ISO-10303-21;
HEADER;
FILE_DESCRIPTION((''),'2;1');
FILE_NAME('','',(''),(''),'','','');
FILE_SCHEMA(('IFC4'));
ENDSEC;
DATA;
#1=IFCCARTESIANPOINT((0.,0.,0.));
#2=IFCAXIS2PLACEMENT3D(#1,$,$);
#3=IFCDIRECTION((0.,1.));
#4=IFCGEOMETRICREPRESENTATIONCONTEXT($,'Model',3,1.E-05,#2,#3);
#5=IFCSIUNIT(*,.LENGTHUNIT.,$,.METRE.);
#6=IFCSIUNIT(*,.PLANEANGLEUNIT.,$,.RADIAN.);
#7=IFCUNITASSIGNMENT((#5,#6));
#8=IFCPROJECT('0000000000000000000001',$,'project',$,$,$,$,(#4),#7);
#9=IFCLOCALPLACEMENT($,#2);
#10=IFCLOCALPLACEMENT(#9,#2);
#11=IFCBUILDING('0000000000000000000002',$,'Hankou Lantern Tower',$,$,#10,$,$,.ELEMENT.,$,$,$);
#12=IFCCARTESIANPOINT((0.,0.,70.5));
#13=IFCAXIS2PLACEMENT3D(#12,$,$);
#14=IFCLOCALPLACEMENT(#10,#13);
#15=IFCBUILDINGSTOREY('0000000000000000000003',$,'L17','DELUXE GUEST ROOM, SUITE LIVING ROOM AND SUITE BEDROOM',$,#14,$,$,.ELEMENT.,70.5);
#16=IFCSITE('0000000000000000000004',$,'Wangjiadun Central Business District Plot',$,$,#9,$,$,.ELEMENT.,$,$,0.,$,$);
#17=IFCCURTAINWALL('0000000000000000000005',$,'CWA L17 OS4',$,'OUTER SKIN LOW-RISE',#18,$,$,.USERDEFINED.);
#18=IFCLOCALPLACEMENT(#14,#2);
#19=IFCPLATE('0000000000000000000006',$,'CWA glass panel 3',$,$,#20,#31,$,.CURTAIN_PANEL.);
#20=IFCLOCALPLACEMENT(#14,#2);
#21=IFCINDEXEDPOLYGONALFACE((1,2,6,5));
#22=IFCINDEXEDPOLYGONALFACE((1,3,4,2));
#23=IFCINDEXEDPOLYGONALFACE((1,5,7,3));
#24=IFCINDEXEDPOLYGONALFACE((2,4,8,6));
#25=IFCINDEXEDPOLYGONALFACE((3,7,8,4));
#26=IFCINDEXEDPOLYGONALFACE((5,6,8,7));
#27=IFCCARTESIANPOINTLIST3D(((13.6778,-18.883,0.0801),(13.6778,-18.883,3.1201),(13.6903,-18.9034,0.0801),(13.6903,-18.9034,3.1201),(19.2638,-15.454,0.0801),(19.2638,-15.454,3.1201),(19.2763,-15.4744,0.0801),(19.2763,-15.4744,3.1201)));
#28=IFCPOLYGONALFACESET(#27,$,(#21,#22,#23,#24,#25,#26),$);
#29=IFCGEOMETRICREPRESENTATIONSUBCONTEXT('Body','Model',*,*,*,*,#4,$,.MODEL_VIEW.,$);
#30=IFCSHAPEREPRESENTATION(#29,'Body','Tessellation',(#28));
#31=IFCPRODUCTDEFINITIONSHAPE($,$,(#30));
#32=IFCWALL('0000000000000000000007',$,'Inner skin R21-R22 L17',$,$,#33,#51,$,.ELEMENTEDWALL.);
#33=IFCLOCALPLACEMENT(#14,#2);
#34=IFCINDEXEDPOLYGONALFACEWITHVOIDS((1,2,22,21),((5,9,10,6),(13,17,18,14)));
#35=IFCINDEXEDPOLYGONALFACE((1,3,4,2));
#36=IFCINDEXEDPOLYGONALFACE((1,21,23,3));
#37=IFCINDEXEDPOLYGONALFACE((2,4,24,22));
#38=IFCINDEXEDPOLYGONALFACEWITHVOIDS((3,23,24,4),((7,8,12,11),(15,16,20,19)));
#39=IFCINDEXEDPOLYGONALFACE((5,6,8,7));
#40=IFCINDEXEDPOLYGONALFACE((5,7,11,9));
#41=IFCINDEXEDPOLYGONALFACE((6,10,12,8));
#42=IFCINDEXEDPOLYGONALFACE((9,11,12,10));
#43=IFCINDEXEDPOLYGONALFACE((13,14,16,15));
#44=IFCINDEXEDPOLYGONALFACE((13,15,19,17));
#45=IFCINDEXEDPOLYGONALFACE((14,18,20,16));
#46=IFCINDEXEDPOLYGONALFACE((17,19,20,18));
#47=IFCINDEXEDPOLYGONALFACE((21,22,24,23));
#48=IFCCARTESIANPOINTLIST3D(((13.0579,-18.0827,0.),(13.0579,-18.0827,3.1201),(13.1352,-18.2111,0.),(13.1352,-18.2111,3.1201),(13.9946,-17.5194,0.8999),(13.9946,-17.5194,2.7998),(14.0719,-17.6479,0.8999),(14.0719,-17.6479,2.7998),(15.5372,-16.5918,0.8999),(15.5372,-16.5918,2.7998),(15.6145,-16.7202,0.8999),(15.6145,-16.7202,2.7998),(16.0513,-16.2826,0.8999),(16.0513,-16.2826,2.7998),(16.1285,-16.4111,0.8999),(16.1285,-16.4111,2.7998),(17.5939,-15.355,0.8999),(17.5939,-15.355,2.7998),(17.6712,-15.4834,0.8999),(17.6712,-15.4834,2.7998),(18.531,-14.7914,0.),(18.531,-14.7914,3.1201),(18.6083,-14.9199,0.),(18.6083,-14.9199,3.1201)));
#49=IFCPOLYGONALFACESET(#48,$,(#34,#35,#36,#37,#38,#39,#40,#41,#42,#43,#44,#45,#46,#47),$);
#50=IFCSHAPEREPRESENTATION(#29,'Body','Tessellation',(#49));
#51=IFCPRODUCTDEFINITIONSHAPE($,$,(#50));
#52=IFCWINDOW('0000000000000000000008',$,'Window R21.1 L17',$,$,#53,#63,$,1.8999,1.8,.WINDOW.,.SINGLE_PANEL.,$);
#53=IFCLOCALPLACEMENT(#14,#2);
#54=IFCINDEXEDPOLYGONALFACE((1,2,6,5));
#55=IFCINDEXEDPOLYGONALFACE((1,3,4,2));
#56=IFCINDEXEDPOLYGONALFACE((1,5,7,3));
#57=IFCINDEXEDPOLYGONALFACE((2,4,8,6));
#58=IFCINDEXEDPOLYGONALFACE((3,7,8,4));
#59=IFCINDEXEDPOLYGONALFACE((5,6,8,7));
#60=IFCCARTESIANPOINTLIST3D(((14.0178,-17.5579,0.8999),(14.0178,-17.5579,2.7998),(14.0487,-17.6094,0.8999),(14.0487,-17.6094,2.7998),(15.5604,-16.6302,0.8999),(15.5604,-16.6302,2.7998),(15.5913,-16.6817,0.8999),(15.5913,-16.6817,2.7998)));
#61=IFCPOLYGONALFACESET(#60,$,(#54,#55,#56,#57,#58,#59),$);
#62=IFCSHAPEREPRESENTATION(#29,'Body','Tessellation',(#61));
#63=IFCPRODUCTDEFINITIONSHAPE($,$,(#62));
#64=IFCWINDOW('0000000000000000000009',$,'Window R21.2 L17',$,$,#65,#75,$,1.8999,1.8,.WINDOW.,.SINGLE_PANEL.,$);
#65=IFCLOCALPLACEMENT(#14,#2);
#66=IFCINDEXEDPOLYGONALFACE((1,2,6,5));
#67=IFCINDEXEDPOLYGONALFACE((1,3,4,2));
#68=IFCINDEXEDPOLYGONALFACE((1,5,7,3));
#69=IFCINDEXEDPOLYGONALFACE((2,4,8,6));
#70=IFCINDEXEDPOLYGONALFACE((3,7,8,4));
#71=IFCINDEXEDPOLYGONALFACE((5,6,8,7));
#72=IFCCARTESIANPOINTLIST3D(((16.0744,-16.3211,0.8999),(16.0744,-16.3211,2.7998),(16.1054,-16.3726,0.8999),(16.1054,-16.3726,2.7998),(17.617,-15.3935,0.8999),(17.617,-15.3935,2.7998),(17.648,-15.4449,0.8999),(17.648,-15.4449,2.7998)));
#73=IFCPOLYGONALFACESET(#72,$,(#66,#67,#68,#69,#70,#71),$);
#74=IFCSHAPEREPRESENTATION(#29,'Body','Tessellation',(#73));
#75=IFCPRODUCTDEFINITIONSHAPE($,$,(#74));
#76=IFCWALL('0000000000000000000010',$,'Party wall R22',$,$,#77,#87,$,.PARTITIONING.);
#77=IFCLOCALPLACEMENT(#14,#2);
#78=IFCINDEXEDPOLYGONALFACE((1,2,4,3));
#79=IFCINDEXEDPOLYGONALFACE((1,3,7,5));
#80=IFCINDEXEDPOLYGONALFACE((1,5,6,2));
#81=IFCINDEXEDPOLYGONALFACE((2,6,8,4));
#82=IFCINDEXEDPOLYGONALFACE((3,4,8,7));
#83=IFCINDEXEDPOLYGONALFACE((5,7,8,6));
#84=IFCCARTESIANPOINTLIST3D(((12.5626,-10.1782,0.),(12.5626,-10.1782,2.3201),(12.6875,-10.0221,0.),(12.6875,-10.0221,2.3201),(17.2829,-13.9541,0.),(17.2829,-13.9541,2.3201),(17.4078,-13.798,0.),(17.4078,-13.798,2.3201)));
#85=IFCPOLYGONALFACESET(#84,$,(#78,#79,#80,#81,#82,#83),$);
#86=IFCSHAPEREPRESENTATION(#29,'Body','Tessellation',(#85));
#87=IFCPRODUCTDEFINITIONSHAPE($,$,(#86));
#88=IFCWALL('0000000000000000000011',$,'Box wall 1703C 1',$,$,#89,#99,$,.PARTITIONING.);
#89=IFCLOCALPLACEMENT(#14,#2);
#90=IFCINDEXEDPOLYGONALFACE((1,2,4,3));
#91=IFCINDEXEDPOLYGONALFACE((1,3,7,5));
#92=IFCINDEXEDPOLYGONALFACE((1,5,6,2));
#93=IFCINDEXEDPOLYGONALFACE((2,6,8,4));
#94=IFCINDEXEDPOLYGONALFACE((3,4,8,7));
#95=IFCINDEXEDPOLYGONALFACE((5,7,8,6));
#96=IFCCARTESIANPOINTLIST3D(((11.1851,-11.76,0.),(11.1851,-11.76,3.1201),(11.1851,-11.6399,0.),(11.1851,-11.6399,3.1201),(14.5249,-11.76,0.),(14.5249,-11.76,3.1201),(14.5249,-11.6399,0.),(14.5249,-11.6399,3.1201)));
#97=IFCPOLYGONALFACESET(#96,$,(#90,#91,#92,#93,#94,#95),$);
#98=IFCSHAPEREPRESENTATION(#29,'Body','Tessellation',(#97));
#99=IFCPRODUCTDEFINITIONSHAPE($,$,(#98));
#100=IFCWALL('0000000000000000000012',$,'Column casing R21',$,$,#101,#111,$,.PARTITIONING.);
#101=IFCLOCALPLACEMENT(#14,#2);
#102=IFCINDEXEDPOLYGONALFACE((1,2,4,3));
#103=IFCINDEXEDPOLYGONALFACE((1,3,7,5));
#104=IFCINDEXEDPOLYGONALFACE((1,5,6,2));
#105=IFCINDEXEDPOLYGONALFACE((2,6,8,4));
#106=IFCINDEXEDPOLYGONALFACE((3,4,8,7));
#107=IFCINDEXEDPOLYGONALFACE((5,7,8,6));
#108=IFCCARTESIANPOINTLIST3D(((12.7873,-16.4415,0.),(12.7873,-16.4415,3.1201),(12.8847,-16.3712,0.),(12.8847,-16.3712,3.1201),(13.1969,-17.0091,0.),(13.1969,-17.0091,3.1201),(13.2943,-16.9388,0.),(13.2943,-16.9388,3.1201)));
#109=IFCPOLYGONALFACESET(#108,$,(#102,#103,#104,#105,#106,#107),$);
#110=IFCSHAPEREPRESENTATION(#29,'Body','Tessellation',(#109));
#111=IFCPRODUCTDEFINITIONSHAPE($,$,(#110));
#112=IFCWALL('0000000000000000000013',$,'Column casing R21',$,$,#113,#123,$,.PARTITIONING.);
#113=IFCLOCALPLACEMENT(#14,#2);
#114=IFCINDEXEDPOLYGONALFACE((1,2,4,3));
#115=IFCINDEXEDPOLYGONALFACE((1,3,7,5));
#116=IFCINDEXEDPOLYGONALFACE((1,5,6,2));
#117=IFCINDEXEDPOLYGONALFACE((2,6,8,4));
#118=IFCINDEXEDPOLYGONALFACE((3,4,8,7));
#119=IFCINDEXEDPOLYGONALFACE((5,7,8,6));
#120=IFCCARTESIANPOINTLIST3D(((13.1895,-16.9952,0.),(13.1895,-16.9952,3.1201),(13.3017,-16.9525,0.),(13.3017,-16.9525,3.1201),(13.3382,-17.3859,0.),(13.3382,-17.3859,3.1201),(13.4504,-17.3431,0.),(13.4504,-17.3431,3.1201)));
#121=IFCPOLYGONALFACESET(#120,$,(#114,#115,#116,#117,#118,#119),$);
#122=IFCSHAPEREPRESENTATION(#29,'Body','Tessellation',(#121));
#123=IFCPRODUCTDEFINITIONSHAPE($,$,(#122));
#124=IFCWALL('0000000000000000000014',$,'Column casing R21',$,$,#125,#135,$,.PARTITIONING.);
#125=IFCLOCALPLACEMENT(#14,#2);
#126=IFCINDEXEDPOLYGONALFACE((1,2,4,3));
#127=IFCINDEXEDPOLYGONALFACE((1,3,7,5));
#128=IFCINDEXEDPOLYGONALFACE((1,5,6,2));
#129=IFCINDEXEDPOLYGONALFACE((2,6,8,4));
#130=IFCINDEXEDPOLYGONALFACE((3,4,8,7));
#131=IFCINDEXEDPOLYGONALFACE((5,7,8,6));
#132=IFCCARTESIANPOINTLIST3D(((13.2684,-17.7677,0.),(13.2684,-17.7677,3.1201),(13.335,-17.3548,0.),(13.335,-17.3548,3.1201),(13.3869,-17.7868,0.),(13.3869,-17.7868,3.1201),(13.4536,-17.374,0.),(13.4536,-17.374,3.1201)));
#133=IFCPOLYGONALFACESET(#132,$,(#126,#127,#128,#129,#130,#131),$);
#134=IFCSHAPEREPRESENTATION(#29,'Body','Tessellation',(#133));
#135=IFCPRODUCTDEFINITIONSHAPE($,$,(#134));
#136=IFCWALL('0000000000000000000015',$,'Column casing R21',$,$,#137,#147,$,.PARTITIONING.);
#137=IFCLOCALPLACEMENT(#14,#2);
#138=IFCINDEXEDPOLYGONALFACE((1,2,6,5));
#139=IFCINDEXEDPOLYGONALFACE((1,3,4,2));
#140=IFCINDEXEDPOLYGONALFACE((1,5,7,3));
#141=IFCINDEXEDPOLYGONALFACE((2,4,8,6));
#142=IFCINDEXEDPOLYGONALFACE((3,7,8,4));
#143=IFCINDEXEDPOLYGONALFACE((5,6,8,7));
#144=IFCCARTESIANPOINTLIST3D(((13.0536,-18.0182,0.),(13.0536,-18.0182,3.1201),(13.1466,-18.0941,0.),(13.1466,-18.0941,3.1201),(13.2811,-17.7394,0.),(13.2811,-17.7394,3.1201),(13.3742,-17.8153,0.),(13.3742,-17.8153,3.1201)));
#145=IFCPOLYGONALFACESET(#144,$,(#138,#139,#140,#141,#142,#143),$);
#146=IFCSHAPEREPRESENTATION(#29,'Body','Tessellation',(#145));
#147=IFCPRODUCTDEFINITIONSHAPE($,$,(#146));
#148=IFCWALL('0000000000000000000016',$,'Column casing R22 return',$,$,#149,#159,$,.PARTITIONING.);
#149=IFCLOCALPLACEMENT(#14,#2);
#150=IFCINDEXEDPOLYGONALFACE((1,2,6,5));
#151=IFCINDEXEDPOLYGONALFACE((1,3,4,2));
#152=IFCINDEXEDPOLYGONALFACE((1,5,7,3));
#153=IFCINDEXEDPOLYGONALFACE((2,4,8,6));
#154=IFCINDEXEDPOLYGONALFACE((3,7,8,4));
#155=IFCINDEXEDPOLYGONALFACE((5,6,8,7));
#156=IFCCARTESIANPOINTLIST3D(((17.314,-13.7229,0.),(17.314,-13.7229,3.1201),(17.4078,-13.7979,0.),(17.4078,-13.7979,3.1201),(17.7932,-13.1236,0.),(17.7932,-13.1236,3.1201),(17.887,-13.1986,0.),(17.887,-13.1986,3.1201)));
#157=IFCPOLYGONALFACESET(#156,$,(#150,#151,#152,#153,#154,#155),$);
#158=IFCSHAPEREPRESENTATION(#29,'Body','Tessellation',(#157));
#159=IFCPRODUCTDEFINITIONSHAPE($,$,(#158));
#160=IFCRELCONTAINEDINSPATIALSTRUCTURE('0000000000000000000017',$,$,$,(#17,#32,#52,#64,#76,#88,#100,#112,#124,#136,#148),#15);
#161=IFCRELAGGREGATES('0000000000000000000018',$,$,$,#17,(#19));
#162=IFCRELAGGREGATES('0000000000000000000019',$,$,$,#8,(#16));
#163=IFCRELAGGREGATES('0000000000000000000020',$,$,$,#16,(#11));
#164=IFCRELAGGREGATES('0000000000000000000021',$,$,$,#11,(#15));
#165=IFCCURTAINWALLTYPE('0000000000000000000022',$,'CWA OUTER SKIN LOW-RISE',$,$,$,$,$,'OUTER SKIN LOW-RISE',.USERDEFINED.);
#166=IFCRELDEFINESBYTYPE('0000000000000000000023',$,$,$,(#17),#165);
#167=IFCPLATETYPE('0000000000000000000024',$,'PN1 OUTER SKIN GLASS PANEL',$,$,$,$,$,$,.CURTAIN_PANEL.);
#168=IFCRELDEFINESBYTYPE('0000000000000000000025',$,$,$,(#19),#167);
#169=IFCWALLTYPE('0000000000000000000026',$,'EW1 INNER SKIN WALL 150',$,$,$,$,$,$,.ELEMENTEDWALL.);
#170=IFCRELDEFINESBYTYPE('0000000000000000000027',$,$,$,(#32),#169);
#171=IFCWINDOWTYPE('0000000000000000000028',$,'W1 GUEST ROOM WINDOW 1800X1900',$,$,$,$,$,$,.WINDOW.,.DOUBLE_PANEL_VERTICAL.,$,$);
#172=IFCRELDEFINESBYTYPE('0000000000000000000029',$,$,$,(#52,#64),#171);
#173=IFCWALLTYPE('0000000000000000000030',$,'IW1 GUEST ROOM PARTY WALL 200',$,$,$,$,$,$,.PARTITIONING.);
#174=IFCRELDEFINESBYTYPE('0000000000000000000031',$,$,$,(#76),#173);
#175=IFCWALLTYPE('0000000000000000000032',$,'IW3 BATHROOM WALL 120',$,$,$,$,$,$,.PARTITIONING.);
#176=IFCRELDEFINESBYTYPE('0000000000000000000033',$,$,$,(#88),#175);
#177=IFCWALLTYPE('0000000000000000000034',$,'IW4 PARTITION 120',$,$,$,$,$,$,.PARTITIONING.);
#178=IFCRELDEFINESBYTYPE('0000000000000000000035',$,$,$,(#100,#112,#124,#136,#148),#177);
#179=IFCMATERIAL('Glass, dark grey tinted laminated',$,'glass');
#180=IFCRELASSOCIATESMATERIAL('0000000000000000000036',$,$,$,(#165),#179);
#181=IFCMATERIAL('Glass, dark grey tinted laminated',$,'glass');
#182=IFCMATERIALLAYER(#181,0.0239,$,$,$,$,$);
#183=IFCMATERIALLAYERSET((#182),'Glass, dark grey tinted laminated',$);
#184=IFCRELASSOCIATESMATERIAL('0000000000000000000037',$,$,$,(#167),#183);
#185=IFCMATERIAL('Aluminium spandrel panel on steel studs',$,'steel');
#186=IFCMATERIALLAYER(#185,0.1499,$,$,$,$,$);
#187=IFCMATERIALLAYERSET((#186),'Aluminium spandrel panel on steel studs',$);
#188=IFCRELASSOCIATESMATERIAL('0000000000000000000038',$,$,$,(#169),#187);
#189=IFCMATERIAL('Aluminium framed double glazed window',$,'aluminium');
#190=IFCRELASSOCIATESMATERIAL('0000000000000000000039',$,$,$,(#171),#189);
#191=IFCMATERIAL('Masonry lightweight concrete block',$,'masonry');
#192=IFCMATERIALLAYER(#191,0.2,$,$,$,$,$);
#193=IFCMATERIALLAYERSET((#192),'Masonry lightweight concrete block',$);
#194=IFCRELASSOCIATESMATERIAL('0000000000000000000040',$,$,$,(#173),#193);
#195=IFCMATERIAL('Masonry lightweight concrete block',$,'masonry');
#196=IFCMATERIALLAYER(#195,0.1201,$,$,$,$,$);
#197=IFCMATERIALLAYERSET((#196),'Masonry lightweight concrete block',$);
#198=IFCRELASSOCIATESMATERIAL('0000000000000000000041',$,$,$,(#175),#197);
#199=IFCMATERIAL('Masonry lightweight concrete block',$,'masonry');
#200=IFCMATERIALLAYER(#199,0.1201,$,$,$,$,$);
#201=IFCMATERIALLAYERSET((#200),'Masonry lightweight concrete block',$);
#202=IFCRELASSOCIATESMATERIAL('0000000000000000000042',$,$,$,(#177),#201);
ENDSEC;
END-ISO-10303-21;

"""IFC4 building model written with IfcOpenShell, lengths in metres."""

from ifc_helpers import new_model, si_unit, direction, frame, frame_2d, origin, origin_2d, place, context, subcontext, project, spatial, rectangle, extrude, material, layer, layer_set, type_object, element, fill, aggregate, save


model = new_model("IFC4")

# Units and contexts
model_context = context("Model", 3, precision=1e-05, world=origin(), true_north=direction((0.0, 1.0)))
body_context = subcontext(model_context, "Body", "Model", "MODEL_VIEW")
ifc_project = project(units=[si_unit("LENGTHUNIT", "METRE"), si_unit("PLANEANGLEUNIT", "RADIAN")], contexts=[model_context])

# Site, building, storey
site_placement = place(None, origin())
site = spatial("IfcSite", under=ifc_project, at=site_placement, Name="Wangjiadun Central Business District Plot", CompositionType="ELEMENT", RefElevation=0.0)
building_placement = place(site_placement, origin())
building = spatial("IfcBuilding", under=site, at=building_placement, Name="Hankou Lantern Tower", CompositionType="ELEMENT")
storey_placement = place(building_placement, frame((0.0, 0.0, 70.5)))
storey = spatial("IfcBuildingStorey", under=building, at=storey_placement, Name="L17", Description="DELUXE GUEST ROOM, SUITE LIVING ROOM AND SUITE BEDROOM", CompositionType="ELEMENT", Elevation=70.5)

# Curtain wall
ifc_material_1 = material(Name="Glass, dark grey tinted laminated", Category="glass")
curtain_wall_type = type_object("IfcCurtainWallType", Name="CWA OUTER SKIN LOW-RISE", ElementType="OUTER SKIN LOW-RISE", PredefinedType="USERDEFINED", material=ifc_material_1)
curtain_wall_placement = place(storey_placement, origin())
curtain_wall = element("IfcCurtainWall", 1, at=curtain_wall_placement, inside=storey, type_object=curtain_wall_type, Name="CWA L17 OS4", ObjectType="OUTER SKIN LOW-RISE", PredefinedType="USERDEFINED")

# Plate
ifc_material_2 = material(Name="Glass, dark grey tinted laminated", Category="glass")
ifc_layer_1 = layer(ifc_material_2, 0.0239)
ifc_layer_set_1 = layer_set([ifc_layer_1], Name="Glass, dark grey tinted laminated")
plate_type = type_object("IfcPlateType", Name="PN1 OUTER SKIN GLASS PANEL", PredefinedType="CURTAIN_PANEL", material=ifc_layer_set_1)
plate_placement = place(storey_placement, frame((16.4771, -17.1787, 0.0801), z_axis=(0.0, 0.0, 1.0), x_axis=(0.852237, 0.523156, 0.0)))
plate = element("IfcPlate", 2, at=plate_placement, type_object=plate_type, Name="CWA glass panel 3", PredefinedType="CURTAIN_PANEL", context=body_context, shape_type="SweptSolid", body=[
    extrude(rectangle(XDim=6.5544, YDim=0.0239, at=origin_2d()), origin(), (0.0, 0.0, 1.0), 3.04),
])
aggregate(curtain_wall, [plate])

# Wall, openings, windows
ifc_material_3 = material(Name="Aluminium spandrel panel on steel studs", Category="steel")
ifc_layer_2 = layer(ifc_material_3, 0.1499)
ifc_layer_set_2 = layer_set([ifc_layer_2], Name="Aluminium spandrel panel on steel studs")
wall_type_1 = type_object("IfcWallType", Name="EW1 INNER SKIN WALL 150", PredefinedType="ELEMENTEDWALL", material=ifc_layer_set_2)
wall_1_placement = place(storey_placement, frame((13.0964, -18.147, 0.0), z_axis=(0.0, 0.0, 1.0), x_axis=(0.856983, 0.515344, 0.0)))
wall_1 = element("IfcWall", 3, at=wall_1_placement, inside=storey, type_object=wall_type_1, Name="Inner skin R21-R22 L17", PredefinedType="ELEMENTEDWALL", context=body_context, shape_type="SweptSolid", body=[
    extrude(rectangle(XDim=6.3865, YDim=0.1499, at=frame_2d((3.1934, 0.0))), origin(), (0.0, 0.0, 1.0), 3.1201),
])
opening_1_placement = place(wall_1_placement, frame((1.0933, 0.0, 0.8999)))
opening_1 = element("IfcOpeningElement", 4, at=opening_1_placement, cuts=wall_1, PredefinedType="OPENING", context=body_context, shape_type="SweptSolid", body=[
    extrude(rectangle(XDim=1.8, YDim=1.8999, at=frame_2d((0.8999, 0.95))), frame((0.0, 0.085, 0.0), z_axis=(0.0, -1.0, 0.0), x_axis=(1.0, 0.0, 0.0)), (0.0, 0.0, 1.0), 0.1699),
])
opening_2_placement = place(wall_1_placement, frame((3.4932, 0.0, 0.8999)))
opening_2 = element("IfcOpeningElement", 5, at=opening_2_placement, cuts=wall_1, PredefinedType="OPENING", context=body_context, shape_type="SweptSolid", body=[
    extrude(rectangle(XDim=1.8, YDim=1.8999, at=frame_2d((0.8999, 0.95))), frame((0.0, 0.085, 0.0), z_axis=(0.0, -1.0, 0.0), x_axis=(1.0, 0.0, 0.0)), (0.0, 0.0, 1.0), 0.1699),
])
ifc_material_4 = material(Name="Aluminium framed double glazed window", Category="aluminium")
window_type = type_object("IfcWindowType", Name="W1 GUEST ROOM WINDOW 1800X1900", PartitioningType="DOUBLE_PANEL_VERTICAL", PredefinedType="WINDOW", material=ifc_material_4)
window_1_placement = place(opening_1_placement, origin())
window_1 = element("IfcWindow", 6, at=window_1_placement, inside=storey, type_object=window_type, Name="Window R21.1 L17", OverallHeight=1.8999, OverallWidth=1.8, PartitioningType="SINGLE_PANEL", PredefinedType="WINDOW", context=body_context, shape_type="SweptSolid", body=[
    extrude(rectangle(XDim=1.8, YDim=1.8999, at=frame_2d((0.8999, 0.95))), frame((0.0, 0.03, 0.0), z_axis=(0.0, -1.0, 0.0), x_axis=(1.0, 0.0, 0.0)), (0.0, 0.0, 1.0), 0.0601),
])
fill(opening_1, window_1)
window_2_placement = place(opening_2_placement, origin())
window_2 = element("IfcWindow", 7, at=window_2_placement, inside=storey, type_object=window_type, Name="Window R21.2 L17", OverallHeight=1.8999, OverallWidth=1.8, PartitioningType="SINGLE_PANEL", PredefinedType="WINDOW", context=body_context, shape_type="SweptSolid", body=[
    extrude(rectangle(XDim=1.8, YDim=1.8999, at=frame_2d((0.8999, 0.95))), frame((0.0, 0.03, 0.0), z_axis=(0.0, -1.0, 0.0), x_axis=(1.0, 0.0, 0.0)), (0.0, 0.0, 1.0), 0.0601),
])
fill(opening_2, window_2)

# Walls
ifc_material_5 = material(Name="Masonry lightweight concrete block", Category="masonry")
ifc_layer_3 = layer(ifc_material_5, 0.2)
ifc_layer_set_3 = layer_set([ifc_layer_3], Name="Masonry lightweight concrete block")
wall_type_2 = type_object("IfcWallType", Name="IW1 GUEST ROOM PARTY WALL 200", PredefinedType="PARTITIONING", material=ifc_layer_set_3)
wall_2_placement = place(storey_placement, frame((12.625, -10.1001, 0.0), z_axis=(0.0, 0.0, 1.0), x_axis=(0.780892, -0.624665, 0.0)))
element("IfcWall", 8, at=wall_2_placement, inside=storey, type_object=wall_type_2, Name="Party wall R22", PredefinedType="PARTITIONING", context=body_context, shape_type="SweptSolid", body=[
    extrude(rectangle(XDim=6.0447, YDim=0.2, at=frame_2d((3.0225, 0.0))), origin(), (0.0, 0.0, 1.0), 2.3201),
])
ifc_material_6 = material(Name="Masonry lightweight concrete block", Category="masonry")
ifc_layer_4 = layer(ifc_material_6, 0.1201)
ifc_layer_set_4 = layer_set([ifc_layer_4], Name="Masonry lightweight concrete block")
wall_type_3 = type_object("IfcWallType", Name="IW3 BATHROOM WALL 120", PredefinedType="PARTITIONING", material=ifc_layer_set_4)
wall_3_placement = place(storey_placement, frame((14.5249, -11.7, 0.0), z_axis=(0.0, 0.0, 1.0), x_axis=(-1.0, 0.0, 0.0)))
element("IfcWall", 9, at=wall_3_placement, inside=storey, type_object=wall_type_3, Name="Box wall 1703C 1", PredefinedType="PARTITIONING", context=body_context, shape_type="SweptSolid", body=[
    extrude(rectangle(XDim=3.3398, YDim=0.1201, at=frame_2d((1.6699, 0.0))), origin(), (0.0, 0.0, 1.0), 3.1201),
])
ifc_material_7 = material(Name="Masonry lightweight concrete block", Category="masonry")
ifc_layer_5 = layer(ifc_material_7, 0.1201)
ifc_layer_set_5 = layer_set([ifc_layer_5], Name="Masonry lightweight concrete block")
wall_type_4 = type_object("IfcWallType", Name="IW4 PARTITION 120", PredefinedType="PARTITIONING", material=ifc_layer_set_5)
wall_4_placement = place(storey_placement, frame((12.8359, -16.4062, 0.0), z_axis=(0.0, 0.0, 1.0), x_axis=(0.585223, -0.810872, 0.0)))
element("IfcWall", 10, at=wall_4_placement, inside=storey, type_object=wall_type_4, Name="Column casing R21", PredefinedType="PARTITIONING", context=body_context, shape_type="SweptSolid", body=[
    extrude(rectangle(XDim=0.7, YDim=0.1201, at=frame_2d((0.3501, 0.0))), origin(), (0.0, 0.0, 1.0), 3.1201),
])
wall_5_placement = place(storey_placement, frame((13.2456, -16.9739, 0.0), z_axis=(0.0, 0.0, 1.0), x_axis=(0.355728, -0.934589, 0.0)))
element("IfcWall", 11, at=wall_5_placement, inside=storey, type_object=wall_type_4, Name="Column casing R21", PredefinedType="PARTITIONING", context=body_context, shape_type="SweptSolid", body=[
    extrude(rectangle(XDim=0.418, YDim=0.1201, at=frame_2d((0.209, 0.0))), origin(), (0.0, 0.0, 1.0), 3.1201),
])
wall_6_placement = place(storey_placement, frame((13.3943, -17.3645, 0.0), z_axis=(0.0, 0.0, 1.0), x_axis=(-0.159379, -0.987217, 0.0)))
element("IfcWall", 12, at=wall_6_placement, inside=storey, type_object=wall_type_4, Name="Column casing R21", PredefinedType="PARTITIONING", context=body_context, shape_type="SweptSolid", body=[
    extrude(rectangle(XDim=0.4182, YDim=0.1201, at=frame_2d((0.209, 0.0))), origin(), (0.0, 0.0, 1.0), 3.1201),
])
wall_7_placement = place(storey_placement, frame((13.3276, -17.7773, 0.0), z_axis=(0.0, 0.0, 1.0), x_axis=(-0.632277, -0.774743, 0.0)))
element("IfcWall", 13, at=wall_7_placement, inside=storey, type_object=wall_type_4, Name="Column casing R21", PredefinedType="PARTITIONING", context=body_context, shape_type="SweptSolid", body=[
    extrude(rectangle(XDim=0.3599, YDim=0.1201, at=frame_2d((0.1799, 0.0))), origin(), (0.0, 0.0, 1.0), 3.1201),
])
wall_8_placement = place(storey_placement, frame((17.3608, -13.7605, 0.0), z_axis=(0.0, 0.0, 1.0), x_axis=(0.624501, 0.781024, 0.0)))
element("IfcWall", 14, at=wall_8_placement, inside=storey, type_object=wall_type_4, Name="Column casing R22 return", PredefinedType="PARTITIONING", context=body_context, shape_type="SweptSolid", body=[
    extrude(rectangle(XDim=0.7673, YDim=0.1201, at=frame_2d((0.3838, 0.0))), origin(), (0.0, 0.0, 1.0), 3.1201),
])

save(model, "model.ifc")
